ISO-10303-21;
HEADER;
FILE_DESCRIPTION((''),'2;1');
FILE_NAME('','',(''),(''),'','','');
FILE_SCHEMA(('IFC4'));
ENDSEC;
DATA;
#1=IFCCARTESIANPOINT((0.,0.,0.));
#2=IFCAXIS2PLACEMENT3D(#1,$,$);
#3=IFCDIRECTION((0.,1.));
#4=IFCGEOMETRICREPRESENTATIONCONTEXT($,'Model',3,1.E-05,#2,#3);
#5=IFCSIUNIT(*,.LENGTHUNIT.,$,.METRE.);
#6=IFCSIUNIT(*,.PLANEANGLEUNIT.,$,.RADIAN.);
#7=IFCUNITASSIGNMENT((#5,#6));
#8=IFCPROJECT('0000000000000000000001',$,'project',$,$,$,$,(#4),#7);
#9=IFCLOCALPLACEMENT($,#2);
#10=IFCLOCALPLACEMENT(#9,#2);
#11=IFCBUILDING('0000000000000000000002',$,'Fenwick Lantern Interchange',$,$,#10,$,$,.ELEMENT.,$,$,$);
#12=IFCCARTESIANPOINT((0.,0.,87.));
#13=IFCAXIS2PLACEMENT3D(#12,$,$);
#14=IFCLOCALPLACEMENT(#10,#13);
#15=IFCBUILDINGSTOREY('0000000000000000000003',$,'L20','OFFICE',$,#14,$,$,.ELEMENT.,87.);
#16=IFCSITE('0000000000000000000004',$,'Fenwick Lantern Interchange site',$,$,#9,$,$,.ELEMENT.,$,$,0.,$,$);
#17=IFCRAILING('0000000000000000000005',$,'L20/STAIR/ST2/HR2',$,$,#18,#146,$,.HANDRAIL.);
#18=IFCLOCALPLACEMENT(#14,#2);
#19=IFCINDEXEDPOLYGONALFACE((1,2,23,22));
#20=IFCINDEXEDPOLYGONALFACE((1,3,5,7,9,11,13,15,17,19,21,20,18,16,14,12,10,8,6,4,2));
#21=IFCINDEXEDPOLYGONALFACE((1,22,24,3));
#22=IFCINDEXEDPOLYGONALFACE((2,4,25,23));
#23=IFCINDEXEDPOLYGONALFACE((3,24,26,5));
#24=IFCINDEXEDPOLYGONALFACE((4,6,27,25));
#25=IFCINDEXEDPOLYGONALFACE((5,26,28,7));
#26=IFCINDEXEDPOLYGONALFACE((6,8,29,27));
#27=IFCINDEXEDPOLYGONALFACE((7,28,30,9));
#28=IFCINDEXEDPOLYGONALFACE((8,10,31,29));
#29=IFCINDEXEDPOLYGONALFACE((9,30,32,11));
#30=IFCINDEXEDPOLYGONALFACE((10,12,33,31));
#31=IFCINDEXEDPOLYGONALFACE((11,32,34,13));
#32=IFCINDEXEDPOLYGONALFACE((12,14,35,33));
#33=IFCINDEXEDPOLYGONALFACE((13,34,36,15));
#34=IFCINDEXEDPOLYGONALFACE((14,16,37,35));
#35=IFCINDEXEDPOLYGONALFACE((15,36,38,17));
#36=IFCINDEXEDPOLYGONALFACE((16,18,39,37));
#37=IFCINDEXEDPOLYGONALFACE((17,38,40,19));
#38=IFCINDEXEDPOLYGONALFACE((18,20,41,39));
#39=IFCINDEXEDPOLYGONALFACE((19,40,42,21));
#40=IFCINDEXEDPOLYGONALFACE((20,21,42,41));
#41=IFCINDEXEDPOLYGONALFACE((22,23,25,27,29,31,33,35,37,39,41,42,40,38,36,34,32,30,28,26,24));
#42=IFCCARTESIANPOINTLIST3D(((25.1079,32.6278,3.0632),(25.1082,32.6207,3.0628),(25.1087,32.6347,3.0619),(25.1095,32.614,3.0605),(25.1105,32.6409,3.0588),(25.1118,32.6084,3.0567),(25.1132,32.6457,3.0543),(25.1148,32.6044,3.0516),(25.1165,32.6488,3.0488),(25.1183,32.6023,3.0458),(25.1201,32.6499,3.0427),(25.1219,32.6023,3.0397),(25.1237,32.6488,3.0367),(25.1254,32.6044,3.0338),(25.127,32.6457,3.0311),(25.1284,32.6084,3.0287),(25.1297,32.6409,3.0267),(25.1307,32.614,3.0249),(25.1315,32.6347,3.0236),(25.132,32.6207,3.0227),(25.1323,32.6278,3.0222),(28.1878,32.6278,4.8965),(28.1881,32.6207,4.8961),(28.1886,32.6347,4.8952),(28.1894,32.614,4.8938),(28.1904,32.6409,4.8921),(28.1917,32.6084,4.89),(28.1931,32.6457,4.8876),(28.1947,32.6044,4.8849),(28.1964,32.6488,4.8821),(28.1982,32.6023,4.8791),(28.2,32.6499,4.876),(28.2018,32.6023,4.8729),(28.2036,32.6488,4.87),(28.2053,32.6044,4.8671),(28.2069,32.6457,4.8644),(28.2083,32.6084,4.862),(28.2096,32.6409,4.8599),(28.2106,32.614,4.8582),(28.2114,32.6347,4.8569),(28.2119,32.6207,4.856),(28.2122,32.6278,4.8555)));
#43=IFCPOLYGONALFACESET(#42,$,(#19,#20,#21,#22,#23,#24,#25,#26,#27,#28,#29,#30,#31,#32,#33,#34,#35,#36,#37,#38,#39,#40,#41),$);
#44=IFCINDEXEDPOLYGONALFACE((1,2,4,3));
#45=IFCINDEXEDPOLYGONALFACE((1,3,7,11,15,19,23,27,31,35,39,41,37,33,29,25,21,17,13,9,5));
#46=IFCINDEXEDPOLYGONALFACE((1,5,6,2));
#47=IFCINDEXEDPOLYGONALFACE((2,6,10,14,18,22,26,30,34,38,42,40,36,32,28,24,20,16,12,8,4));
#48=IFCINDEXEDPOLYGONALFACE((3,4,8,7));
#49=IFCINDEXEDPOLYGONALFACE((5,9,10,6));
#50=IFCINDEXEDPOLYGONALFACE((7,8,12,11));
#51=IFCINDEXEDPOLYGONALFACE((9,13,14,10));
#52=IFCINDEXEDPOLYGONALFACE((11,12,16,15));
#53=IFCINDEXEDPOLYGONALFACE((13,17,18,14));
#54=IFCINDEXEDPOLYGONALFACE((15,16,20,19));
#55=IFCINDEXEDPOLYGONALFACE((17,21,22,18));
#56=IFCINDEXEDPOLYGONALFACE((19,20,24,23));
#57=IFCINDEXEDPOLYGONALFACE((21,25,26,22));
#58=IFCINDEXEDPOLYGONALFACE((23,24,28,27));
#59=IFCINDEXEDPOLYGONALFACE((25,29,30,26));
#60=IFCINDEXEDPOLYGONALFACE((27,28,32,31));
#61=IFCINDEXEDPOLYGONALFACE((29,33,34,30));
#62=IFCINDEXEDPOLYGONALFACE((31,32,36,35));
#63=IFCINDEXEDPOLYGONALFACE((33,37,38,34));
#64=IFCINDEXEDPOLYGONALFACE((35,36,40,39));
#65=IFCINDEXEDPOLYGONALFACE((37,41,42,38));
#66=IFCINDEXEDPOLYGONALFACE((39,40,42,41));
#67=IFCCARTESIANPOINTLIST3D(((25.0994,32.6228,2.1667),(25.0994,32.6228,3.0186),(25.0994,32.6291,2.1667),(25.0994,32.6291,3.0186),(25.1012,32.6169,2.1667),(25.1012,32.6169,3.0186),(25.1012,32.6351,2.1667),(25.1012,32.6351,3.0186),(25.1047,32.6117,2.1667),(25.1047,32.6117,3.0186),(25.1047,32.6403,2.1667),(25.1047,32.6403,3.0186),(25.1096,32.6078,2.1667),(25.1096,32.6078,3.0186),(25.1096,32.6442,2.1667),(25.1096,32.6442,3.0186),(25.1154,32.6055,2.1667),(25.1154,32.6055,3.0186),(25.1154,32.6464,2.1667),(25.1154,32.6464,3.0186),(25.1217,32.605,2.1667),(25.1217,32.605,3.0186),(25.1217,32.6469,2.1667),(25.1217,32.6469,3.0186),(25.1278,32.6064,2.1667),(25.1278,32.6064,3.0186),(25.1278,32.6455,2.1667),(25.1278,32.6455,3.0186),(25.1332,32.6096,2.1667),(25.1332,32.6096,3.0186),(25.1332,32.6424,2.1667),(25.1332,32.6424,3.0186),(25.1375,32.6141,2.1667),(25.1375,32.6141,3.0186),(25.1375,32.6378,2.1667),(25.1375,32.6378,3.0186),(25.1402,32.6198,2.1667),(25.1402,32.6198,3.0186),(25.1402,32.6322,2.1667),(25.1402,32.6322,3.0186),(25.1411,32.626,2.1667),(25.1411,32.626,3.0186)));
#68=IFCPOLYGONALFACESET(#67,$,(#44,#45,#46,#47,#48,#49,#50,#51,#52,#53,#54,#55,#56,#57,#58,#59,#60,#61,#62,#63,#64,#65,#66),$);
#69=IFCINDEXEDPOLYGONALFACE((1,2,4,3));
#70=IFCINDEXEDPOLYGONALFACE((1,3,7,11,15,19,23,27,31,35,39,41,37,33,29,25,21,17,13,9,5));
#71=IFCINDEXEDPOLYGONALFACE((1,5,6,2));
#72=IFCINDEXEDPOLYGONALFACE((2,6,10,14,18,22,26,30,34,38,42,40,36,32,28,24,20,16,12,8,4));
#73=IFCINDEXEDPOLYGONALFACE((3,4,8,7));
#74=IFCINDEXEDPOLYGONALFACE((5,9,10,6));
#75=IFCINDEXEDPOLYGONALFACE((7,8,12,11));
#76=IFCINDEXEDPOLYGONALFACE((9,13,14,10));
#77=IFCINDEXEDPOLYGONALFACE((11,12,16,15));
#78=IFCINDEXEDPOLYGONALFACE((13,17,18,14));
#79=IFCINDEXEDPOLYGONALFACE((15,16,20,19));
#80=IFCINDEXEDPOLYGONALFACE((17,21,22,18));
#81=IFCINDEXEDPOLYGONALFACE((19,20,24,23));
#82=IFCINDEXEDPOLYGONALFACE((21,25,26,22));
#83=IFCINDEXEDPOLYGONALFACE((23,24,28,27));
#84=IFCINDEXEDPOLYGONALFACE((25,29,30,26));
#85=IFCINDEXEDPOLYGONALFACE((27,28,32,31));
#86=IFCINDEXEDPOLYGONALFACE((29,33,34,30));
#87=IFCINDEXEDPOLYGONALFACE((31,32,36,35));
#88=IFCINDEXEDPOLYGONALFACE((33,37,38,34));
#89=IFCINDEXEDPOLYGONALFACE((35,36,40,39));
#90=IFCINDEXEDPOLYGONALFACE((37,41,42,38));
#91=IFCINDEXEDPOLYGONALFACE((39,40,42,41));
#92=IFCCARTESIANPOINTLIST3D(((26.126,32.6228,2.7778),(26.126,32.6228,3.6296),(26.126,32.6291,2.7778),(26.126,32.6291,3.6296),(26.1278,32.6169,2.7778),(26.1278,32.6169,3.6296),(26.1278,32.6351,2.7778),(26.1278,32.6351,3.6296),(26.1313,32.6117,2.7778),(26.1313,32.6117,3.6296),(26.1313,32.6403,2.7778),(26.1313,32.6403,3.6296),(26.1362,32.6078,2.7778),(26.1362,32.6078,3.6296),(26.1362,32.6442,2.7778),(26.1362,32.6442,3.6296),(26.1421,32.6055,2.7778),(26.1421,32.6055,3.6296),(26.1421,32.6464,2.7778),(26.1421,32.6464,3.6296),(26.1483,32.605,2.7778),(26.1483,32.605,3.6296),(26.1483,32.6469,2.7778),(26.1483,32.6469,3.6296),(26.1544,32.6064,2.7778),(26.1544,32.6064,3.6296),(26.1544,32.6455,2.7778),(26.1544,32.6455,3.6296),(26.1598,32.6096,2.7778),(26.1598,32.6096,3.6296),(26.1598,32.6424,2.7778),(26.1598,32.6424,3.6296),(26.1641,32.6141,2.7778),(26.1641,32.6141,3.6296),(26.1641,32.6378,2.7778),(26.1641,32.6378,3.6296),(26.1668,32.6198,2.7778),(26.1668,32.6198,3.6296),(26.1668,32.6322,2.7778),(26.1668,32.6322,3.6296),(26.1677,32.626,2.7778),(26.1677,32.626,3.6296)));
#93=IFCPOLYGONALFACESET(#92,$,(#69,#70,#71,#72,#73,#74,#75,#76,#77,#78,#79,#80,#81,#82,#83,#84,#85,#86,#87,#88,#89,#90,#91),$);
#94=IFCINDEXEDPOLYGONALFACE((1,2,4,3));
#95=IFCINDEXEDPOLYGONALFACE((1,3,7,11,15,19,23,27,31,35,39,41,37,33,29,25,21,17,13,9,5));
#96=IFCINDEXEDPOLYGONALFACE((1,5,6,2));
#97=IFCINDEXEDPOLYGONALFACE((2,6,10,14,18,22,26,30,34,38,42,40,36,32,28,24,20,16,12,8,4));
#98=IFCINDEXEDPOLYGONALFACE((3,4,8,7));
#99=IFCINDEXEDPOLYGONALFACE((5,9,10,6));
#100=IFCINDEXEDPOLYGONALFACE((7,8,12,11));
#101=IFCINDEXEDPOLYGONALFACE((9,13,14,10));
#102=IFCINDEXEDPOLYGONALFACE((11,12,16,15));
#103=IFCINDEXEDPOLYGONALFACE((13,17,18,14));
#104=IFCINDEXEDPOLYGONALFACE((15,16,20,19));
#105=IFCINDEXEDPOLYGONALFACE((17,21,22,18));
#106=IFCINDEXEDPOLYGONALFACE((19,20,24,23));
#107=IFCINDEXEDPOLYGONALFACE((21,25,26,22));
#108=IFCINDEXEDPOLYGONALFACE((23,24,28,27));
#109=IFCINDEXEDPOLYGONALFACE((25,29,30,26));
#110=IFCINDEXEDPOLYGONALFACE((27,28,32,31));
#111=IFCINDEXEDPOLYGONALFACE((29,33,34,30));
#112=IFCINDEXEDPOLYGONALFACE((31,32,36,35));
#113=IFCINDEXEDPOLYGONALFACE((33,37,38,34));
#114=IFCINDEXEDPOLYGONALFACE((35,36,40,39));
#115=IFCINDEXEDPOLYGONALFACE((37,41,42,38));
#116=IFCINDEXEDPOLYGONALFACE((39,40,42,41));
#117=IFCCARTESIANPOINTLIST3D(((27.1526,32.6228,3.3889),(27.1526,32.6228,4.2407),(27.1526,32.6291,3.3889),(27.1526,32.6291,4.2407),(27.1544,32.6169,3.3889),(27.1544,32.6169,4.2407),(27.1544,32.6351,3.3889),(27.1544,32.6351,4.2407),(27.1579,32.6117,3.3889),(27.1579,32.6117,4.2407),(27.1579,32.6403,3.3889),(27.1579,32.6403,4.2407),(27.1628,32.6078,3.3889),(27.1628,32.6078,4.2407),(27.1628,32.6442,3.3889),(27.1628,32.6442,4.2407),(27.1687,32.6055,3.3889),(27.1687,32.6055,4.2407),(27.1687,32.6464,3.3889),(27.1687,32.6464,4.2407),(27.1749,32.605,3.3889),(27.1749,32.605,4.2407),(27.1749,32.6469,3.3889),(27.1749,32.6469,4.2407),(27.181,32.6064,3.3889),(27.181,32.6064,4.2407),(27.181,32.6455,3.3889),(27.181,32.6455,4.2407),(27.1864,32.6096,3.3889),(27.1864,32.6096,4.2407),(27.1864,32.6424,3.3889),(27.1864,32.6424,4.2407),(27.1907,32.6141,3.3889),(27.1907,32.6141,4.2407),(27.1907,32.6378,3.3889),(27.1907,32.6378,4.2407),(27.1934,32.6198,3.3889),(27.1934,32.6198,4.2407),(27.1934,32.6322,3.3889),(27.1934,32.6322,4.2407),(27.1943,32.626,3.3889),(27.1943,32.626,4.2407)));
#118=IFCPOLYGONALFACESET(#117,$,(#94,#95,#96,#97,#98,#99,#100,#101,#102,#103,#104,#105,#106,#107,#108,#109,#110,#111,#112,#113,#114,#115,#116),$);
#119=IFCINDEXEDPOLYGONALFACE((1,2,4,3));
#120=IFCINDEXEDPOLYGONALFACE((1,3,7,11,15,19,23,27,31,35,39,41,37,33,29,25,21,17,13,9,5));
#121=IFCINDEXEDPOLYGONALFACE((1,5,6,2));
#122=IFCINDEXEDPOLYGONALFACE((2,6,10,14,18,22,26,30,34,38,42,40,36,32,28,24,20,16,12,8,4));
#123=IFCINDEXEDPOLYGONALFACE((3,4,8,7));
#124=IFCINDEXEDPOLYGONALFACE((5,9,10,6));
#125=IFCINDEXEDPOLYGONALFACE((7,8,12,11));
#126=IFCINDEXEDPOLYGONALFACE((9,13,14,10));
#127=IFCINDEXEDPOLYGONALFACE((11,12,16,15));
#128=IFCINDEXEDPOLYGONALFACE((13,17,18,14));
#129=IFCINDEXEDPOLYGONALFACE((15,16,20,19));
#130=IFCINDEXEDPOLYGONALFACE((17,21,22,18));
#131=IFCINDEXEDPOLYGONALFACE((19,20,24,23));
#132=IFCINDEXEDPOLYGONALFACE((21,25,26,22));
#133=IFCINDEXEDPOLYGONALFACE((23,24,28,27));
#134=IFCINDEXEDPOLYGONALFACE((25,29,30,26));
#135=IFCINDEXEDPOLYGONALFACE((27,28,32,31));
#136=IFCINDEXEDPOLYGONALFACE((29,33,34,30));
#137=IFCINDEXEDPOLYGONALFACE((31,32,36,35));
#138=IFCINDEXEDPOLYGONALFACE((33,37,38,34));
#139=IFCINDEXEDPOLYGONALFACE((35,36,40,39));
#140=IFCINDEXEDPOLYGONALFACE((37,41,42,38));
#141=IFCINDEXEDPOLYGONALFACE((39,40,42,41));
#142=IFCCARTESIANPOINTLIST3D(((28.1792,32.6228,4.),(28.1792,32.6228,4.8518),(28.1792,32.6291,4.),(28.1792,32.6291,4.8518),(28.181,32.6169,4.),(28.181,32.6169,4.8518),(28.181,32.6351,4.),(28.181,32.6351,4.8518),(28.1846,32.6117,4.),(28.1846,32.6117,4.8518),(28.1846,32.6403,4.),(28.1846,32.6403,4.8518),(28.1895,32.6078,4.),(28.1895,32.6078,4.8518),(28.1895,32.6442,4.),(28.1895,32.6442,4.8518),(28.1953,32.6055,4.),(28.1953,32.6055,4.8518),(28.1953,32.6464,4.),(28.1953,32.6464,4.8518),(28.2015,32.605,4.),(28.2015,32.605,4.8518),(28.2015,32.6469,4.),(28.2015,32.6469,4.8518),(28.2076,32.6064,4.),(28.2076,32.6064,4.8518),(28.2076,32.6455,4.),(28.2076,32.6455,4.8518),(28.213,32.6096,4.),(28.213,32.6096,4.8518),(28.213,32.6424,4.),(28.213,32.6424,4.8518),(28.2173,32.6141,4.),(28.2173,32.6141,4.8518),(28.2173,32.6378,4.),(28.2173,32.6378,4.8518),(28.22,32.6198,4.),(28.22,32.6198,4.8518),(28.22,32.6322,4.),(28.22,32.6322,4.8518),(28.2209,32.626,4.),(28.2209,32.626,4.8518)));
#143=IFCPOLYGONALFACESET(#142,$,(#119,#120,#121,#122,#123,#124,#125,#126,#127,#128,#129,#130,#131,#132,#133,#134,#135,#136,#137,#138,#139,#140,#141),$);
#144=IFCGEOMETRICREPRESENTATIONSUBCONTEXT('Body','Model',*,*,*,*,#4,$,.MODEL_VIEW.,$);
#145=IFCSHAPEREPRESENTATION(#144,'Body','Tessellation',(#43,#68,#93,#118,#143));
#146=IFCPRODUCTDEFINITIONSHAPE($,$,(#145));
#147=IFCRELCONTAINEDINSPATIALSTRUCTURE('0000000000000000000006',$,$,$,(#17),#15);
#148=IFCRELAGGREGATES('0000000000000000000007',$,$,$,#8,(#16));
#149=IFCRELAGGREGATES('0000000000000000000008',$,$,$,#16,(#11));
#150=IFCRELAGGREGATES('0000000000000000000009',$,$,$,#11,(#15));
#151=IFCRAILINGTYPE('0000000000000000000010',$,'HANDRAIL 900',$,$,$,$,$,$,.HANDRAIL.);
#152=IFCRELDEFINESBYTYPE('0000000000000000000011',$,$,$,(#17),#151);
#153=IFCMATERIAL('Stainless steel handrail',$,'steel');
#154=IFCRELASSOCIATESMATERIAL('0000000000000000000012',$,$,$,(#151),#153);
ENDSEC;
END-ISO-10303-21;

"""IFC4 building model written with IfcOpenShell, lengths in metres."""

from ifc_helpers import new_model, si_unit, direction, frame, origin, origin_2d, place, context, subcontext, project, spatial, circle, extrude, material, type_object, element, save


model = new_model("IFC4")

# Units and contexts
model_context = context("Model", 3, precision=1e-05, world=origin(), true_north=direction((0.0, 1.0)))
body_context = subcontext(model_context, "Body", "Model", "MODEL_VIEW")
ifc_project = project(units=[si_unit("LENGTHUNIT", "METRE"), si_unit("PLANEANGLEUNIT", "RADIAN")], contexts=[model_context])

# Site, building, storey
site_placement = place(None, origin())
site = spatial("IfcSite", under=ifc_project, at=site_placement, Name="Fenwick Lantern Interchange site", CompositionType="ELEMENT", RefElevation=0.0)
building_placement = place(site_placement, origin())
building = spatial("IfcBuilding", under=site, at=building_placement, Name="Fenwick Lantern Interchange", CompositionType="ELEMENT")
storey_placement = place(building_placement, frame((0.0, 0.0, 87.0)))
storey = spatial("IfcBuildingStorey", under=building, at=storey_placement, Name="L20", Description="OFFICE", CompositionType="ELEMENT", Elevation=87.0)

# Railing
ifc_material_1 = material(Name="Stainless steel handrail", Category="steel")
railing_type = type_object("IfcRailingType", Name="HANDRAIL 900", PredefinedType="HANDRAIL", material=ifc_material_1)
railing_1_placement = place(storey_placement, frame((25.1201, 32.626, 2.1667)))
element("IfcRailing", 1, at=railing_1_placement, inside=storey, type_object=railing_type, Name="L20/STAIR/ST2/HR2", PredefinedType="HANDRAIL", context=body_context, shape_type="SweptSolid", body=[
    extrude(circle(Radius=0.0239, at=origin_2d()), frame((0.0, 0.0, 0.876), z_axis=(0.859291, 0.0, 0.511487), x_axis=(0.0, 1.0, 0.0)), (0.0, 0.0, 1.0), 3.5842),
    extrude(circle(Radius=0.021, at=origin_2d()), origin(), (0.0, 0.0, 1.0), 0.8518),
    extrude(circle(Radius=0.021, at=origin_2d()), frame((1.0266, 0.0, 0.6111)), (0.0, 0.0, 1.0), 0.8518),
    extrude(circle(Radius=0.021, at=origin_2d()), frame((2.0532, 0.0, 1.2222)), (0.0, 0.0, 1.0), 0.8518),
    extrude(circle(Radius=0.021, at=origin_2d()), frame((3.0798, 0.0, 1.8333)), (0.0, 0.0, 1.0), 0.8518),
])

save(model, "model.ifc")
